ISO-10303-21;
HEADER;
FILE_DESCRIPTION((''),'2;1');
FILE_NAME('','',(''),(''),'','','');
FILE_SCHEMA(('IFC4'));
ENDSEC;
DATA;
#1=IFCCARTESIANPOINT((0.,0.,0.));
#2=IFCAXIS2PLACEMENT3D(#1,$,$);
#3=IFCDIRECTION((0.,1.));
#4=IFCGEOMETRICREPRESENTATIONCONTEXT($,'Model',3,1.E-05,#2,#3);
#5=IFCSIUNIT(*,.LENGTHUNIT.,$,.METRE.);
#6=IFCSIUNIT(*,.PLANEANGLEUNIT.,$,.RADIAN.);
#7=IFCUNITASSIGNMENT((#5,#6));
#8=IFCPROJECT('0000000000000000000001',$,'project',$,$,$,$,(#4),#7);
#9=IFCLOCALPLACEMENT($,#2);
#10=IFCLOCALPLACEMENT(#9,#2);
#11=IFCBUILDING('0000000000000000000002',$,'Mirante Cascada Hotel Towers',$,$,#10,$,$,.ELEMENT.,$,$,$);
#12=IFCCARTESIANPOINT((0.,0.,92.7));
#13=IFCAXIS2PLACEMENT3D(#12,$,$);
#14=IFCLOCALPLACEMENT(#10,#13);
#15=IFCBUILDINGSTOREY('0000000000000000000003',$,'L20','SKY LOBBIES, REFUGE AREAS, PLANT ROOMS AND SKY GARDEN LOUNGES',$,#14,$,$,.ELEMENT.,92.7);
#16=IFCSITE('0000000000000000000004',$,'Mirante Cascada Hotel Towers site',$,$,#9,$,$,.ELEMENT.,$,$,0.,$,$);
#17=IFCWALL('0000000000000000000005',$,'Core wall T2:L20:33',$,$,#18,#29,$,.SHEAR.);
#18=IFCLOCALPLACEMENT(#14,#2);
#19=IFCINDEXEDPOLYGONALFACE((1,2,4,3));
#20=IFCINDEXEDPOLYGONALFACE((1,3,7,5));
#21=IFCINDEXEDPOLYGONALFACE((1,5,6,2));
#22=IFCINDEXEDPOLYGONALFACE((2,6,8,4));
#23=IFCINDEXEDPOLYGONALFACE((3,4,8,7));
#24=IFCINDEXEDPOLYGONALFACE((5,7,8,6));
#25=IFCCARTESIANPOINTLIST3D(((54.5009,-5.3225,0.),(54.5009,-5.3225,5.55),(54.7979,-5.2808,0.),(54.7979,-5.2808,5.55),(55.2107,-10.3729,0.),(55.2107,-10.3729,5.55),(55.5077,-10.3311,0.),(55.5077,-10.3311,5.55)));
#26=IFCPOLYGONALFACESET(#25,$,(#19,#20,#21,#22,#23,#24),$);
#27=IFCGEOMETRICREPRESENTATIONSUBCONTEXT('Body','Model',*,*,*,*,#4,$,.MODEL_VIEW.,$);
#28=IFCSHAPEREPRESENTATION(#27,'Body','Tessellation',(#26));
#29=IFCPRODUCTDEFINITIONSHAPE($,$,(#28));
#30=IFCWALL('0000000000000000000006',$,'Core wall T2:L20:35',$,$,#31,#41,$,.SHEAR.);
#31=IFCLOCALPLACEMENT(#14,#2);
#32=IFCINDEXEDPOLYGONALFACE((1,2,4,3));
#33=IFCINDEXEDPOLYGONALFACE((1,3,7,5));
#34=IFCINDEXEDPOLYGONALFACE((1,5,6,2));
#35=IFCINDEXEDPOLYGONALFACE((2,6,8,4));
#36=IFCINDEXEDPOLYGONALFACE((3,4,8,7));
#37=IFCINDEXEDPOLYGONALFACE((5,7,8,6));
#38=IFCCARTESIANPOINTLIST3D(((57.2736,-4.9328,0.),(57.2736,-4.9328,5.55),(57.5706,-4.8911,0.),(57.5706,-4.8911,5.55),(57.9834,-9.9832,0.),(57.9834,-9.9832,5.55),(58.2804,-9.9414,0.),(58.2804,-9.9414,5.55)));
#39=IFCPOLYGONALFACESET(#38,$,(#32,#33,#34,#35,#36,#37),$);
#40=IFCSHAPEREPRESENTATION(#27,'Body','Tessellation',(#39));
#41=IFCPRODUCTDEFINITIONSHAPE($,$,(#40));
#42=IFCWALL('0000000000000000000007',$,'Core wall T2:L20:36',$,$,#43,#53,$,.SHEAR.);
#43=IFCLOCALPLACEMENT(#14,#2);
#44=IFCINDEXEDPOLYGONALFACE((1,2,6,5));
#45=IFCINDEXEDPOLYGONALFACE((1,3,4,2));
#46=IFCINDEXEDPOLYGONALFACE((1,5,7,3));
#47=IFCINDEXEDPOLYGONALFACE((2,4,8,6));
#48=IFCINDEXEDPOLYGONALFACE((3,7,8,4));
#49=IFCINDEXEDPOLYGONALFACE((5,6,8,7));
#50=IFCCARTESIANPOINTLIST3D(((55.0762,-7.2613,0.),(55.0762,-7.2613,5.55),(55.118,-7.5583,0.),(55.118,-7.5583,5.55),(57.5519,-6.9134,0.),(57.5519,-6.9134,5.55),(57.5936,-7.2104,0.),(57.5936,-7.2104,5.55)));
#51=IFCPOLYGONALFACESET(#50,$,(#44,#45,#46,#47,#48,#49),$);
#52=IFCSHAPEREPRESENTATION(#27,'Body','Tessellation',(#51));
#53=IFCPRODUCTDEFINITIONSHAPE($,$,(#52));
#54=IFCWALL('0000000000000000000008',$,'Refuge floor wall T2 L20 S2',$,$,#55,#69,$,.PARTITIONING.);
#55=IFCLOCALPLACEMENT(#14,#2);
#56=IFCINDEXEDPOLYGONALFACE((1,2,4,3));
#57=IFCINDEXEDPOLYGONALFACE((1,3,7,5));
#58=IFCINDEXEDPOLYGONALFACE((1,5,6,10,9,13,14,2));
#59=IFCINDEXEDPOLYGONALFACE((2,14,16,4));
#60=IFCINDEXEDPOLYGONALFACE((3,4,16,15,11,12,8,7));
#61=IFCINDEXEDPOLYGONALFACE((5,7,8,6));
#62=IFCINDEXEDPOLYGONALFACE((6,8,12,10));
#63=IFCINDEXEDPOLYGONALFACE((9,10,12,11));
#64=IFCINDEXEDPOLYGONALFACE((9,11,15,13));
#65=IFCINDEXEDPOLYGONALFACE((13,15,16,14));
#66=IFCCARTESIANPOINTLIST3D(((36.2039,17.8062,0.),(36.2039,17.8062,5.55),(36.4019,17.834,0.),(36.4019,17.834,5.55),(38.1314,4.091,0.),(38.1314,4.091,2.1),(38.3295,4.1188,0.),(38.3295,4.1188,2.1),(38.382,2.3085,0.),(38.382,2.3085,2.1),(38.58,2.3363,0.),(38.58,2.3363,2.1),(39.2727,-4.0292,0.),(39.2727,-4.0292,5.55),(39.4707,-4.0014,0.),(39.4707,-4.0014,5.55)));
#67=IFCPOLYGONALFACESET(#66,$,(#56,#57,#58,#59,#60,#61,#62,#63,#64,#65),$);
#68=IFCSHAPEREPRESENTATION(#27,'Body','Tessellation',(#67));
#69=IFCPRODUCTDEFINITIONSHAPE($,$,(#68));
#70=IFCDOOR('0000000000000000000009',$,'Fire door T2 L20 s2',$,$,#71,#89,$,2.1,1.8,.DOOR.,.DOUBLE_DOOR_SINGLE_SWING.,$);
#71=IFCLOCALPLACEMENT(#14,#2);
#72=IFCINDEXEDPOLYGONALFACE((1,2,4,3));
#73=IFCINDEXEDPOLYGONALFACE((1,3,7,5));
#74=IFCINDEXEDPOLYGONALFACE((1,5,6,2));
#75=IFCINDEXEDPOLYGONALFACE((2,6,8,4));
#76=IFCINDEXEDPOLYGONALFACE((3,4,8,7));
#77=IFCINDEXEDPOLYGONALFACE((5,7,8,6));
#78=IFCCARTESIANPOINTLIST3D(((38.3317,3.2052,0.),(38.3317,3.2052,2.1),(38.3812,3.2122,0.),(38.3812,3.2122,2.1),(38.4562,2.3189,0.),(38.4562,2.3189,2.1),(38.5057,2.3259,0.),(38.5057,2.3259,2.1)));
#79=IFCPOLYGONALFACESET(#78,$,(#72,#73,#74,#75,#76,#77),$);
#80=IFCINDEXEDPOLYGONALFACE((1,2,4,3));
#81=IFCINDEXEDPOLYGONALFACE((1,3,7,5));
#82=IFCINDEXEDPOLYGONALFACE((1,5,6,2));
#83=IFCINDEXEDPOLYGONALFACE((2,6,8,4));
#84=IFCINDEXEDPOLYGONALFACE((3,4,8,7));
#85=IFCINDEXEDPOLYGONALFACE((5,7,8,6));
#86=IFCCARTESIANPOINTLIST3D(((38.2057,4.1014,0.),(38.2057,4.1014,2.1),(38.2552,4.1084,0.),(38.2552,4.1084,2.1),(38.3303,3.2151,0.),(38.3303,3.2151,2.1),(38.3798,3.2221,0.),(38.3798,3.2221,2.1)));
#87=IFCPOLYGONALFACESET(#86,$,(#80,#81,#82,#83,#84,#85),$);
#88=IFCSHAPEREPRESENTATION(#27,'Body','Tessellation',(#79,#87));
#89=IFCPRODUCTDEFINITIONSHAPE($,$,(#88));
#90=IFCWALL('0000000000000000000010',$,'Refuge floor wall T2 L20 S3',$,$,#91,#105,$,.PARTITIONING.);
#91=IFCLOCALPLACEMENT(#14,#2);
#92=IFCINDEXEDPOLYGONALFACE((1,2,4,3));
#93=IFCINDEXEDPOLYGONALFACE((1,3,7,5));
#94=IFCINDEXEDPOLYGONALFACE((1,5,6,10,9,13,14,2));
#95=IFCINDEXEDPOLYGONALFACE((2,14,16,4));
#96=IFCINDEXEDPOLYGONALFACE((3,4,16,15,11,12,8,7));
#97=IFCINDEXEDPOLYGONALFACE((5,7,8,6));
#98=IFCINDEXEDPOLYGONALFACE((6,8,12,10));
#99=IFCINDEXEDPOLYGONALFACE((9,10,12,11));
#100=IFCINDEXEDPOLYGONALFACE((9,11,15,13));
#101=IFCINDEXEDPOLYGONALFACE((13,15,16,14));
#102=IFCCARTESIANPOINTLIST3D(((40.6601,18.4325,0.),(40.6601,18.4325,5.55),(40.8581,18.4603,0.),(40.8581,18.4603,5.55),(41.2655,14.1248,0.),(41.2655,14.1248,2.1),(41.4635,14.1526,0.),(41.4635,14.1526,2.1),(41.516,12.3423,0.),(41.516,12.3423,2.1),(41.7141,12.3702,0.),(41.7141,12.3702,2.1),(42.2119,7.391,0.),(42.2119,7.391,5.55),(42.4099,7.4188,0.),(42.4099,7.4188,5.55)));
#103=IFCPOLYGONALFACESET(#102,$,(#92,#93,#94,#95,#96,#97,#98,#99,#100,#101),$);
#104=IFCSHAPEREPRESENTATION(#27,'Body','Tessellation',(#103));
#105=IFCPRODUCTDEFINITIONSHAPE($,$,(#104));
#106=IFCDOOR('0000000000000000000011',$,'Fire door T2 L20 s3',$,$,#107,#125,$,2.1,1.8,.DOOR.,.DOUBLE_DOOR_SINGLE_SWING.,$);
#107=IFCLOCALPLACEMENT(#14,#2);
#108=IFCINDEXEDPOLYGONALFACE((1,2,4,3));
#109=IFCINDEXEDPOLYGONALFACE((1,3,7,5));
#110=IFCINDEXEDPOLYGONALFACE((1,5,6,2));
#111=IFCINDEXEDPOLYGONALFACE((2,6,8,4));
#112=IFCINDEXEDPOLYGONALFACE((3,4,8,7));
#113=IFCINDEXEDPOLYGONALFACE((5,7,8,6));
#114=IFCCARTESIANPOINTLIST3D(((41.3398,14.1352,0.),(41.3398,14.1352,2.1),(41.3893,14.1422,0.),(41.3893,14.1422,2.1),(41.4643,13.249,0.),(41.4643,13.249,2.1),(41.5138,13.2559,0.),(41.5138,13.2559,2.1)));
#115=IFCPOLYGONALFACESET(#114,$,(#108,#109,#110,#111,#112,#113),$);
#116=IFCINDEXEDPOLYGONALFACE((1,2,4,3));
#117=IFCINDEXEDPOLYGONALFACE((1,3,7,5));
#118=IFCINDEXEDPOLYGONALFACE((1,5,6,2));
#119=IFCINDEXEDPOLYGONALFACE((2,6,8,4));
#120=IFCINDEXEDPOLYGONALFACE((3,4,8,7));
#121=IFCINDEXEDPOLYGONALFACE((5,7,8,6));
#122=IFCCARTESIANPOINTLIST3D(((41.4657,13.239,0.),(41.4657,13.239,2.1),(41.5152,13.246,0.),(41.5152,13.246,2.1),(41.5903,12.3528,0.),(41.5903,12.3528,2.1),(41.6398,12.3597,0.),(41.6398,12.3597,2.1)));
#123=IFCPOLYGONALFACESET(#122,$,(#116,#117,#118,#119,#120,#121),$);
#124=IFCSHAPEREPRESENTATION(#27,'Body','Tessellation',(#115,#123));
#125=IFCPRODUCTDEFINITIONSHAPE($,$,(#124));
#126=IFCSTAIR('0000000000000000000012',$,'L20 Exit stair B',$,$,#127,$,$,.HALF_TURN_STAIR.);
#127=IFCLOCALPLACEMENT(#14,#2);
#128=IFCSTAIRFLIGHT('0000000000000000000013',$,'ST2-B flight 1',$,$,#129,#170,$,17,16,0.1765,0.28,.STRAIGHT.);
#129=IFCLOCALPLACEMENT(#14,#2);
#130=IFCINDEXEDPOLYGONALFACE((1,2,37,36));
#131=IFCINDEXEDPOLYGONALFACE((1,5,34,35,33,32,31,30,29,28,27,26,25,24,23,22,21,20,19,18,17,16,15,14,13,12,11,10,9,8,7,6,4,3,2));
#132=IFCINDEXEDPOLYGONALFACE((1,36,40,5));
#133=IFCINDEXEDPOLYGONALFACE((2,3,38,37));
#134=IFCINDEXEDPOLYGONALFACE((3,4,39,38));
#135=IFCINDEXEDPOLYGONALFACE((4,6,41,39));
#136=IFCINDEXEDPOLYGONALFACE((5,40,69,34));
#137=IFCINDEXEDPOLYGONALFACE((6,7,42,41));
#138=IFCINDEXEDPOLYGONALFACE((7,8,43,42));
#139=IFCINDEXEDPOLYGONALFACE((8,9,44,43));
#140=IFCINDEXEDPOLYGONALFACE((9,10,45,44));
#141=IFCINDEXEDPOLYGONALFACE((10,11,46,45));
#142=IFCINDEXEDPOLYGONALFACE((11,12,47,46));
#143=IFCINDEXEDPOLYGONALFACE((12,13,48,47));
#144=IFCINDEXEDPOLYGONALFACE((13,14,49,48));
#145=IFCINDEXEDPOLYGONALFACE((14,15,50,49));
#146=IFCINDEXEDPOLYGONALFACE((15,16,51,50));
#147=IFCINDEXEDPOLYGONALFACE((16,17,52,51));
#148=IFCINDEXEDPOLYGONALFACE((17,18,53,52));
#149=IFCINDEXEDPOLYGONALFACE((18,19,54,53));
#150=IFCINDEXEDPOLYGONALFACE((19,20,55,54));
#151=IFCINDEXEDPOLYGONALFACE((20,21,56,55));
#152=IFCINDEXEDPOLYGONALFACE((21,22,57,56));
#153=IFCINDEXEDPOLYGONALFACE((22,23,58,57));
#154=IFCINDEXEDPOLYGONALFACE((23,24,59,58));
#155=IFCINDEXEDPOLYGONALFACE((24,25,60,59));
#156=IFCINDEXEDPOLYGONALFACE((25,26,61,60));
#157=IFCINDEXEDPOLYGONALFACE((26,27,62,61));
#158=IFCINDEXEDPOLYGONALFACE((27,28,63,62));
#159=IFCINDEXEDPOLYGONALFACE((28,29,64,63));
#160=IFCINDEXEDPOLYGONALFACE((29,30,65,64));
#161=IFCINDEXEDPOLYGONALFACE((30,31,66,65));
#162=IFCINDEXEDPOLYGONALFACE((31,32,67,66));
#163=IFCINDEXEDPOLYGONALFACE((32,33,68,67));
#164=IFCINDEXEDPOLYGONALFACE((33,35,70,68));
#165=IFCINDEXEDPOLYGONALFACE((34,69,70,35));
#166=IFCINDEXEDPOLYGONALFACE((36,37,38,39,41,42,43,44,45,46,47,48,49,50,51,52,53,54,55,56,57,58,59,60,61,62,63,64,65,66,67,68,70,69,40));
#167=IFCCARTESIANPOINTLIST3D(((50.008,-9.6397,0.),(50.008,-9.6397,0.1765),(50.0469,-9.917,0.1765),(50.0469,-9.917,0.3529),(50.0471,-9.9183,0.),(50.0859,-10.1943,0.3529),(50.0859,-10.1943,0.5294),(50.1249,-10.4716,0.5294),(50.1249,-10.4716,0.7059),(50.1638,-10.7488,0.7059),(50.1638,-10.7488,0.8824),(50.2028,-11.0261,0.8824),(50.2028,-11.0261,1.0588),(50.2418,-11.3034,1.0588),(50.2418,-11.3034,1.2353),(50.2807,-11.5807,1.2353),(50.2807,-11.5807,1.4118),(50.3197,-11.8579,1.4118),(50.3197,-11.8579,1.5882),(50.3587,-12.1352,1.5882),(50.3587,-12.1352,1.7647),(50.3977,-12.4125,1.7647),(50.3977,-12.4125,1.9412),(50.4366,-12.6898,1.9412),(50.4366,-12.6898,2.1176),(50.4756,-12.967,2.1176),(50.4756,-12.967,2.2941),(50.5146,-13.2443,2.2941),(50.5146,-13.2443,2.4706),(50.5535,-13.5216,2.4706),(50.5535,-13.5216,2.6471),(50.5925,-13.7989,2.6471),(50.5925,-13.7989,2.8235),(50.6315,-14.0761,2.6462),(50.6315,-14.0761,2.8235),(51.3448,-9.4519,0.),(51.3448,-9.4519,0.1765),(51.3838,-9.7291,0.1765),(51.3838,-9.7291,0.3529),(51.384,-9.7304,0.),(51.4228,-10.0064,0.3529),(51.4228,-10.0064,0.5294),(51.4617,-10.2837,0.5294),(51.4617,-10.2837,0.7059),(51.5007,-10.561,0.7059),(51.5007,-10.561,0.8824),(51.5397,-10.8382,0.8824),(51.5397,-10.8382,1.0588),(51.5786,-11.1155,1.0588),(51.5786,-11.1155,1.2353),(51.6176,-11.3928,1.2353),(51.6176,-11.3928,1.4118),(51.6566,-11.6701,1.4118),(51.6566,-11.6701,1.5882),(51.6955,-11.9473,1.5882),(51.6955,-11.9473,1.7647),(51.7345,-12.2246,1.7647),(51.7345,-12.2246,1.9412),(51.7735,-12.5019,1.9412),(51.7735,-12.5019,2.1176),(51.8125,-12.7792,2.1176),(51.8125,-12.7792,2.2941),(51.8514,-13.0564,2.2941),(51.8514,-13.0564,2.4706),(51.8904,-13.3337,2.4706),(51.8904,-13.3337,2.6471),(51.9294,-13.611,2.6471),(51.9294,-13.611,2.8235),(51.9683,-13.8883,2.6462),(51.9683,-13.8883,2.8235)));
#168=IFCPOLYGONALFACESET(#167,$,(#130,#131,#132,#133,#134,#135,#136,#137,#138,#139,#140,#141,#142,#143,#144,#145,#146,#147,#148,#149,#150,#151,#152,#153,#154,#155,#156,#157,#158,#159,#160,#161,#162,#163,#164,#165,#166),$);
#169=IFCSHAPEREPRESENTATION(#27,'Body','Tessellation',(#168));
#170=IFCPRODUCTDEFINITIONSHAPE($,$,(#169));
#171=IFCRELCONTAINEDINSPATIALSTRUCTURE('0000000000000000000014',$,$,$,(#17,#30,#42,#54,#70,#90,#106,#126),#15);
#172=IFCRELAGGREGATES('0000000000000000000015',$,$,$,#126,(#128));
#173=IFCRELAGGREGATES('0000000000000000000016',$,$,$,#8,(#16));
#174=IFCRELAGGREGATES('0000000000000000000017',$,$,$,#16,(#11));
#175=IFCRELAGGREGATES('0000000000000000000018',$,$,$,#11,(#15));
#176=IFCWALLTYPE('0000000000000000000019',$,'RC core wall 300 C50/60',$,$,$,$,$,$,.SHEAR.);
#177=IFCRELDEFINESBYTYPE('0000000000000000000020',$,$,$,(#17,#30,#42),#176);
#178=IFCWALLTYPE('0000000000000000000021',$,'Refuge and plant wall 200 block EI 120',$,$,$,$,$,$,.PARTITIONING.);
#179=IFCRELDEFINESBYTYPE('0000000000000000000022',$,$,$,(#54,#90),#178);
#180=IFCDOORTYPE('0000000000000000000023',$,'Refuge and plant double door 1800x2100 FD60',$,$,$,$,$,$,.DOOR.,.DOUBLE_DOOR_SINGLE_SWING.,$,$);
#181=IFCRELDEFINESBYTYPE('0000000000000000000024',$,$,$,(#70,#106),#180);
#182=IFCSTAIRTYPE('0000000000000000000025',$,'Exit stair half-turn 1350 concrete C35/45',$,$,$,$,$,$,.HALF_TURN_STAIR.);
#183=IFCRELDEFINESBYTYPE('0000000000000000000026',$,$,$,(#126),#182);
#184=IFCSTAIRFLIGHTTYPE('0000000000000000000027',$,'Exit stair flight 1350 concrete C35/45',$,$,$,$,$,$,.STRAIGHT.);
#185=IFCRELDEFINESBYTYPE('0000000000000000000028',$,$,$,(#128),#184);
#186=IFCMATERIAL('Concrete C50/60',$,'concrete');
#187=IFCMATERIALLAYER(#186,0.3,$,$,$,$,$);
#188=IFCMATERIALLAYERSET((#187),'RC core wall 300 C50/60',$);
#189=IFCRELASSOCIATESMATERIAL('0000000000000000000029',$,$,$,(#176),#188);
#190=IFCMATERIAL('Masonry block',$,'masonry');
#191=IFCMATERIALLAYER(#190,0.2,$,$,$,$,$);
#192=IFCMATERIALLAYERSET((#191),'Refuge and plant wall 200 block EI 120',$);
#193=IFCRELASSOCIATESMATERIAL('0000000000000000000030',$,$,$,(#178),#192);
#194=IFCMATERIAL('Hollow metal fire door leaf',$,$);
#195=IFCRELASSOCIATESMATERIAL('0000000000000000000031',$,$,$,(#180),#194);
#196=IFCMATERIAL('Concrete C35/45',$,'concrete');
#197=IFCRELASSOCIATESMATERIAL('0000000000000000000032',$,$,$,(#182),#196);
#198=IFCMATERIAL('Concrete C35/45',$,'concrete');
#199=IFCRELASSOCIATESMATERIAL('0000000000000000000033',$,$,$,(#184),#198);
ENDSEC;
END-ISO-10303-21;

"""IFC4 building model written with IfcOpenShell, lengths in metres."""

from ifc_helpers import new_model, si_unit, direction, frame, frame_2d, origin, place, context, subcontext, project, spatial, polyline, rectangle, outline, extrude, material, layer, layer_set, type_object, element, fill, aggregate, save


model = new_model("IFC4")

# Units and contexts
model_context = context("Model", 3, precision=1e-05, world=origin(), true_north=direction((0.0, 1.0)))
body_context = subcontext(model_context, "Body", "Model", "MODEL_VIEW")
ifc_project = project(units=[si_unit("LENGTHUNIT", "METRE"), si_unit("PLANEANGLEUNIT", "RADIAN")], contexts=[model_context])

# Site, building, storey
site_placement = place(None, origin())
site = spatial("IfcSite", under=ifc_project, at=site_placement, Name="Mirante Cascada Hotel Towers site", CompositionType="ELEMENT", RefElevation=0.0)
building_placement = place(site_placement, origin())
building = spatial("IfcBuilding", under=site, at=building_placement, Name="Mirante Cascada Hotel Towers", CompositionType="ELEMENT")
storey_placement = place(building_placement, frame((0.0, 0.0, 92.7)))
storey = spatial("IfcBuildingStorey", under=building, at=storey_placement, Name="L20", Description="SKY LOBBIES, REFUGE AREAS, PLANT ROOMS AND SKY GARDEN LOUNGES", CompositionType="ELEMENT", Elevation=92.7)

# Shared definitions
ifc_material_1 = material(Name="Concrete C50/60", Category="concrete")
ifc_layer_1 = layer(ifc_material_1, 0.3)
ifc_layer_set_1 = layer_set([ifc_layer_1], Name="RC core wall 300 C50/60")
wall_type_1 = type_object("IfcWallType", Name="RC core wall 300 C50/60", PredefinedType="SHEAR", material=ifc_layer_set_1)

# Walls
for number, where, z_axis, x_axis, name in (
    (1, (55.3592, -10.352, 0.0), (0.0, 0.0, 1.0), (-0.139176, 0.990268, 0.0), "Core wall T2:L20:33"),
    (2, (58.1319, -9.9623, 0.0), (0.0, 0.0, 1.0), (-0.139176, 0.990268, 0.0), "Core wall T2:L20:35"),
):
    element("IfcWall", number, at=place(storey_placement, frame(where, z_axis=z_axis, x_axis=x_axis)), inside=storey, type_object=wall_type_1, Name=name, PredefinedType="SHEAR", context=body_context, shape_type="SweptSolid", body=[
        extrude(rectangle(XDim=5.1, YDim=0.3, at=frame_2d((2.55, 0.0))), origin(), (0.0, 0.0, 1.0), 5.55),
    ])
wall_1_placement = place(storey_placement, frame((55.0971, -7.4098, 0.0), z_axis=(0.0, 0.0, 1.0), x_axis=(0.99027, 0.139159, 0.0)))
element("IfcWall", 3, at=wall_1_placement, inside=storey, type_object=wall_type_1, Name="Core wall T2:L20:36", PredefinedType="SHEAR", context=body_context, shape_type="SweptSolid", body=[
    extrude(rectangle(XDim=2.5, YDim=0.3, at=frame_2d((1.25, 0.0))), origin(), (0.0, 0.0, 1.0), 5.55),
])

# Walls, openings, doors
ifc_material_2 = material(Name="Masonry block", Category="masonry")
ifc_layer_2 = layer(ifc_material_2, 0.2)
ifc_layer_set_2 = layer_set([ifc_layer_2], Name="Refuge and plant wall 200 block EI 120")
wall_type_2 = type_object("IfcWallType", Name="Refuge and plant wall 200 block EI 120", PredefinedType="PARTITIONING", material=ifc_layer_set_2)
wall_2_placement = place(storey_placement, frame((39.3717, -4.0153, 0.0), z_axis=(0.0, 0.0, 1.0), x_axis=(-0.139175, 0.990268, 0.0)))
wall_2 = element("IfcWall", 4, at=wall_2_placement, inside=storey, type_object=wall_type_2, Name="Refuge floor wall T2 L20 S2", PredefinedType="PARTITIONING", context=body_context, shape_type="SweptSolid", body=[
    extrude(rectangle(XDim=22.05, YDim=0.2, at=frame_2d((11.025, 0.0))), origin(), (0.0, 0.0, 1.0), 5.55),
])
opening_1_placement = place(wall_2_placement, frame((6.4, 0.0, 0.0)))
opening_1 = element("IfcOpeningElement", 5, at=opening_1_placement, cuts=wall_2, PredefinedType="OPENING", context=body_context, shape_type="SweptSolid", body=[
    extrude(rectangle(XDim=1.8, YDim=2.1, at=frame_2d((0.9, 1.05))), frame((0.0, 0.1, 0.0), z_axis=(0.0, -1.0, 0.0), x_axis=(1.0, 0.0, 0.0)), (0.0, 0.0, 1.0), 0.2),
])
ifc_material_3 = material(Name="Hollow metal fire door leaf")
door_type_1 = type_object("IfcDoorType", Name="Refuge and plant double door 1800x2100 FD60", OperationType="DOUBLE_DOOR_SINGLE_SWING", PredefinedType="DOOR", material=ifc_material_3)
door_1_placement = place(opening_1_placement, origin())
door_1 = element("IfcDoor", 6, at=door_1_placement, inside=storey, type_object=door_type_1, Name="Fire door T2 L20 s2", OperationType="DOUBLE_DOOR_SINGLE_SWING", OverallHeight=2.1, OverallWidth=1.8, PredefinedType="DOOR", context=body_context, shape_type="SweptSolid", body=[
    extrude(rectangle(XDim=0.895, YDim=2.1, at=frame_2d((0.4475, 1.05))), frame((0.0, 0.025, 0.0), z_axis=(0.0, -1.0, 0.0), x_axis=(1.0, 0.0, 0.0)), (0.0, 0.0, 1.0), 0.05),
    extrude(rectangle(XDim=0.895, YDim=2.1, at=frame_2d((1.3525, 1.05))), frame((0.0, 0.025, 0.0), z_axis=(0.0, -1.0, 0.0), x_axis=(1.0, 0.0, 0.0)), (0.0, 0.0, 1.0), 0.05),
])
fill(opening_1, door_1)
wall_3_placement = place(storey_placement, frame((42.3109, 7.4049, 0.0), z_axis=(0.0, 0.0, 1.0), x_axis=(-0.139175, 0.990268, 0.0)))
wall_3 = element("IfcWall", 7, at=wall_3_placement, inside=storey, type_object=wall_type_2, Name="Refuge floor wall T2 L20 S3", PredefinedType="PARTITIONING", context=body_context, shape_type="SweptSolid", body=[
    extrude(rectangle(XDim=11.15, YDim=0.2, at=frame_2d((5.575, 0.0))), origin(), (0.0, 0.0, 1.0), 5.55),
])
opening_2_placement = place(wall_3_placement, frame((5.0, 0.0, 0.0)))
opening_2 = element("IfcOpeningElement", 8, at=opening_2_placement, cuts=wall_3, PredefinedType="OPENING", context=body_context, shape_type="SweptSolid", body=[
    extrude(rectangle(XDim=1.8, YDim=2.1, at=frame_2d((0.9, 1.05))), frame((0.0, 0.1, 0.0), z_axis=(0.0, -1.0, 0.0), x_axis=(1.0, 0.0, 0.0)), (0.0, 0.0, 1.0), 0.2),
])
door_2_placement = place(opening_2_placement, frame((1.8, 0.0, 0.0), z_axis=(0.0, 0.0, 1.0), x_axis=(-1.0, 0.0, 0.0)))
door_2 = element("IfcDoor", 9, at=door_2_placement, inside=storey, type_object=door_type_1, Name="Fire door T2 L20 s3", OperationType="DOUBLE_DOOR_SINGLE_SWING", OverallHeight=2.1, OverallWidth=1.8, PredefinedType="DOOR", context=body_context, shape_type="SweptSolid", body=[
    extrude(rectangle(XDim=0.895, YDim=2.1, at=frame_2d((0.4475, 1.05))), frame((0.0, 0.025, 0.0), z_axis=(0.0, -1.0, 0.0), x_axis=(1.0, 0.0, 0.0)), (0.0, 0.0, 1.0), 0.05),
    extrude(rectangle(XDim=0.895, YDim=2.1, at=frame_2d((1.3525, 1.05))), frame((0.0, 0.025, 0.0), z_axis=(0.0, -1.0, 0.0), x_axis=(1.0, 0.0, 0.0)), (0.0, 0.0, 1.0), 0.05),
])
fill(opening_2, door_2)

# Stair, stair flight
ifc_material_4 = material(Name="Concrete C35/45", Category="concrete")
stair_type = type_object("IfcStairType", Name="Exit stair half-turn 1350 concrete C35/45", PredefinedType="HALF_TURN_STAIR", material=ifc_material_4)
stair_placement = place(storey_placement, origin())
stair = element("IfcStair", 10, at=stair_placement, inside=storey, type_object=stair_type, Name="L20 Exit stair B", PredefinedType="HALF_TURN_STAIR")
ifc_material_5 = material(Name="Concrete C35/45", Category="concrete")
stair_flight_type = type_object("IfcStairFlightType", Name="Exit stair flight 1350 concrete C35/45", PredefinedType="STRAIGHT", material=ifc_material_5)
stair_flight_placement = place(storey_placement, frame((50.6764, -9.5458, 0.0), z_axis=(0.0, 0.0, 1.0), x_axis=(0.139173, -0.990268, 0.0)))
stair_flight = element("IfcStairFlight", 11, at=stair_flight_placement, type_object=stair_flight_type, Name="ST2-B flight 1", NumberOfRisers=17, NumberOfTreads=16, PredefinedType="STRAIGHT", RiserHeight=0.1765, TreadLength=0.28, context=body_context, shape_type="SweptSolid", body=[
    extrude(outline(polyline([(0.0, 0.0), (0.0, 0.1765), (0.28, 0.1765), (0.28, 0.3529), (0.56, 0.3529), (0.56, 0.5294), (0.84, 0.5294), (0.84, 0.7059), (1.12, 0.7059), (1.12, 0.8824), (1.4, 0.8824), (1.4, 1.0588), (1.68, 1.0588), (1.68, 1.2353), (1.96, 1.2353), (1.96, 1.4118), (2.24, 1.4118), (2.24, 1.5882), (2.52, 1.5882), (2.52, 1.7647), (2.8, 1.7647), (2.8, 1.9412), (3.08, 1.9412), (3.08, 2.1176), (3.36, 2.1176), (3.36, 2.2941), (3.64, 2.2941), (3.64, 2.4706), (3.92, 2.4706), (3.92, 2.6471), (4.2, 2.6471), (4.2, 2.8235), (4.48, 2.8235), (4.48, 3.0), (4.48, 2.6462), (0.2813, 0.0), (0.0, 0.0)])), frame((0.0, 0.675, 0.0), z_axis=(0.0, -1.0, 0.0), x_axis=(1.0, 0.0, 0.0)), (0.0, 0.0, 1.0), 1.35),
])
aggregate(stair, [stair_flight])

save(model, "model.ifc")
